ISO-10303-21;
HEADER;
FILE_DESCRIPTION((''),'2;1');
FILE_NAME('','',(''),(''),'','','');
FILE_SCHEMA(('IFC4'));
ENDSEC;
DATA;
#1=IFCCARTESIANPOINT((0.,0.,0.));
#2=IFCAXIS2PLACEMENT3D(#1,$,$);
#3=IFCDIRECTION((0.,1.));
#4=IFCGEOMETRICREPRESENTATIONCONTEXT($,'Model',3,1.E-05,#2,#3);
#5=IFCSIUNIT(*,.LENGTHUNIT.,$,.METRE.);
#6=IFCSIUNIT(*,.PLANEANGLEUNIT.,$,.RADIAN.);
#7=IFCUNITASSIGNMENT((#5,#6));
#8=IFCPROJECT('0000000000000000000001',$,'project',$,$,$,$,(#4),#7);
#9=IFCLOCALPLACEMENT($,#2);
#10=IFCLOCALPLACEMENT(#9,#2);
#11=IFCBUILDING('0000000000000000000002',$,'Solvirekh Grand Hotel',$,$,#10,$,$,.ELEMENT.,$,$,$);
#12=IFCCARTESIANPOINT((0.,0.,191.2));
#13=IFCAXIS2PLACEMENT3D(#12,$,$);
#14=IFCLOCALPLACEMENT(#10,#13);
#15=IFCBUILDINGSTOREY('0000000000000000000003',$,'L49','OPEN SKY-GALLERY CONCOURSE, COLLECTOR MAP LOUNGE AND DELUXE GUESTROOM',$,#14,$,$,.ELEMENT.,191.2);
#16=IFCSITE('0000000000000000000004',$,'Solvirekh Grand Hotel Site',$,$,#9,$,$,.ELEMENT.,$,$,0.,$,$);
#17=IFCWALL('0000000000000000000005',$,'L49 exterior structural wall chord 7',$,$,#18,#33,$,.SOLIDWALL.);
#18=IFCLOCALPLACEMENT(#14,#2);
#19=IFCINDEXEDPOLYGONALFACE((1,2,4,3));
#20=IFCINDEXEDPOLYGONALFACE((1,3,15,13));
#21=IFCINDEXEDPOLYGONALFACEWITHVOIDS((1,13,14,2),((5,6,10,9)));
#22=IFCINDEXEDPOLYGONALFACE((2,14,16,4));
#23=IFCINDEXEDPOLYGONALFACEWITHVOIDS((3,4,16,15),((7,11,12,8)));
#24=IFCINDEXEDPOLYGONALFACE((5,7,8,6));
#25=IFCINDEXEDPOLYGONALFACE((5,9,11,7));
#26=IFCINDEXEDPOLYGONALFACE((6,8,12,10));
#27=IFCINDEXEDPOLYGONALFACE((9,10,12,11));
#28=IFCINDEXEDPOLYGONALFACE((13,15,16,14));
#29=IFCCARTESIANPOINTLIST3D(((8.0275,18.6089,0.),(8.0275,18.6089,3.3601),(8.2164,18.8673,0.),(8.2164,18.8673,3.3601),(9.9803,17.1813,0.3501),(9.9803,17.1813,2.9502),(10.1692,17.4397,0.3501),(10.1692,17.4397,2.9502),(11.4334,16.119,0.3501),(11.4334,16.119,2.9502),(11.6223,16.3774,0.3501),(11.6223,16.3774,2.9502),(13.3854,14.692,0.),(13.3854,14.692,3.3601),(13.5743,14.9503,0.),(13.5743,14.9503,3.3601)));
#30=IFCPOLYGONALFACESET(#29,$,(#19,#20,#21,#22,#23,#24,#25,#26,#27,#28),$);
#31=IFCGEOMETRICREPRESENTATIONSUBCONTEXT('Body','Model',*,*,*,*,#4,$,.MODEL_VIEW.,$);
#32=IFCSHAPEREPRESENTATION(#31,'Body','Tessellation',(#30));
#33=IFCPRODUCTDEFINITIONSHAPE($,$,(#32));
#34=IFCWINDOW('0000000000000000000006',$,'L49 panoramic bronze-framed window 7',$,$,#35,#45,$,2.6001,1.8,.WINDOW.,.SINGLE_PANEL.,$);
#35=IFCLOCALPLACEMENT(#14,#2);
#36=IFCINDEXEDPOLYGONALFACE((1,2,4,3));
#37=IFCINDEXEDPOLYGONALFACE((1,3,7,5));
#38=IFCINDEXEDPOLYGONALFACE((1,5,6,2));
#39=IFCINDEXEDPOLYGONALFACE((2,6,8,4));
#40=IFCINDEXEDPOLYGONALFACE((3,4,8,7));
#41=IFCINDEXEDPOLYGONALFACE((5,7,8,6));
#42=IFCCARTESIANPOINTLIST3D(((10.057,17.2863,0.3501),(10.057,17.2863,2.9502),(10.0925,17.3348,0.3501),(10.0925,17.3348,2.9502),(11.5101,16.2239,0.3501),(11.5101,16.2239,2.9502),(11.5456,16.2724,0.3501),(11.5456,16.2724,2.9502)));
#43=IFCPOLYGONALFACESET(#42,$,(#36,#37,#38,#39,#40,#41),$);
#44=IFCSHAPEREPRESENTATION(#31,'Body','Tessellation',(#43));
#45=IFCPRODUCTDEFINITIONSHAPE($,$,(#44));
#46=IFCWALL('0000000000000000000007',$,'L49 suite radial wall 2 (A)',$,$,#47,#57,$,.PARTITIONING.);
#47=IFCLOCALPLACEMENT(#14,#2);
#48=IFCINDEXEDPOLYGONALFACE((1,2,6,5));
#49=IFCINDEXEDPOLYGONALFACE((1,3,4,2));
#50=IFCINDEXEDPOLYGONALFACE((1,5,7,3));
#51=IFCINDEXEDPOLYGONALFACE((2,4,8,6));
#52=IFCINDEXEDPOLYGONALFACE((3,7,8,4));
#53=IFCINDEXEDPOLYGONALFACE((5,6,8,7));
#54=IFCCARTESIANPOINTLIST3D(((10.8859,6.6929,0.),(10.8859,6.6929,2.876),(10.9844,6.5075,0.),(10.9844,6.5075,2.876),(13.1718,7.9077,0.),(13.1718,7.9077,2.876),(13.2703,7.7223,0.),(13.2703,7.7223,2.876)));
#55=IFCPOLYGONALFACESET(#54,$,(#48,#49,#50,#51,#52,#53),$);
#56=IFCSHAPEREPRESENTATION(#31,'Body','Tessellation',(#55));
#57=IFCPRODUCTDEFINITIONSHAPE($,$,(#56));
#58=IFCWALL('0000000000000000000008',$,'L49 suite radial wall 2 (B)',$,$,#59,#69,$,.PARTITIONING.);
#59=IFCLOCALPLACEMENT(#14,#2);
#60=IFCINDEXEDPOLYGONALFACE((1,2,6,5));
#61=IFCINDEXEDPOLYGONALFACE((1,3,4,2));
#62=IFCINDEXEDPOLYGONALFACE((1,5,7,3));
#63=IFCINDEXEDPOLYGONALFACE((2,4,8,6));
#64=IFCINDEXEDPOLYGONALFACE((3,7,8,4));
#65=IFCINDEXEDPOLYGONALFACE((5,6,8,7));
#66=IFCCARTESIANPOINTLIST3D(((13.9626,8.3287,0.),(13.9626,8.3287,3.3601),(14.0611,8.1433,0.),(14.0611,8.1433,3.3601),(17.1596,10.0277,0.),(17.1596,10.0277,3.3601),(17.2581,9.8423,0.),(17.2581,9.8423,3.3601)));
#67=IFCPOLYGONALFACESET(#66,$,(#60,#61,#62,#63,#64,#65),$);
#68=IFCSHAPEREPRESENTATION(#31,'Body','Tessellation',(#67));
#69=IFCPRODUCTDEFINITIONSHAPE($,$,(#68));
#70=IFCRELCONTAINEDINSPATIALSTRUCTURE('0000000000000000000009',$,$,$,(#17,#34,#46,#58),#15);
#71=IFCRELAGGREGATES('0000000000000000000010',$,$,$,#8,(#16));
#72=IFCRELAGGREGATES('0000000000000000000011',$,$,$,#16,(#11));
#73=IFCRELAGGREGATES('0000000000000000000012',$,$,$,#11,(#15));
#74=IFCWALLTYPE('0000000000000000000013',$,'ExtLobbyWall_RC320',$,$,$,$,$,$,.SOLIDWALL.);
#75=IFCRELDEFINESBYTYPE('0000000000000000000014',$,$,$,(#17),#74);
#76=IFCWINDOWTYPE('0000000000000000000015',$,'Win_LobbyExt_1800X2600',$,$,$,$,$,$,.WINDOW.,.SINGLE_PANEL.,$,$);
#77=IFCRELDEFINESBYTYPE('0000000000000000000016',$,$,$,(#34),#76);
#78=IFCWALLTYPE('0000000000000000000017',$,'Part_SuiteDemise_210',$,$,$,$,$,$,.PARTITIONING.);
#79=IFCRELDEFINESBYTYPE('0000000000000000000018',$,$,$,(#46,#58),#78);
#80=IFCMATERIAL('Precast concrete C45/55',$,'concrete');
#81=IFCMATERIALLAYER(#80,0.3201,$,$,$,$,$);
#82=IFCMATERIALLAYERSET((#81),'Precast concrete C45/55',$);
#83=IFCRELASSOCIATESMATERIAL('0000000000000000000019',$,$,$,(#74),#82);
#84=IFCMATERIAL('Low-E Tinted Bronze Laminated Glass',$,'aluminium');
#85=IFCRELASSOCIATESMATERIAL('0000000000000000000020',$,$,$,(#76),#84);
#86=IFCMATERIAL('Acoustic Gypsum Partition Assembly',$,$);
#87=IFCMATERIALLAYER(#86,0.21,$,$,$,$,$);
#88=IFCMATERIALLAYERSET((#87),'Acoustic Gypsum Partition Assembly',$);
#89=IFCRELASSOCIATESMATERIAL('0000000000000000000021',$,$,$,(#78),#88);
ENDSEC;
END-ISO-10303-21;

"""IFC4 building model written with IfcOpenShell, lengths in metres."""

from ifc_helpers import new_model, si_unit, direction, frame, frame_2d, origin, place, context, subcontext, project, spatial, rectangle, extrude, material, layer, layer_set, type_object, element, fill, save


model = new_model("IFC4")

# Units and contexts
model_context = context("Model", 3, precision=1e-05, world=origin(), true_north=direction((0.0, 1.0)))
body_context = subcontext(model_context, "Body", "Model", "MODEL_VIEW")
ifc_project = project(units=[si_unit("LENGTHUNIT", "METRE"), si_unit("PLANEANGLEUNIT", "RADIAN")], contexts=[model_context])

# Site, building, storey
site_placement = place(None, origin())
site = spatial("IfcSite", under=ifc_project, at=site_placement, Name="Solvirekh Grand Hotel Site", CompositionType="ELEMENT", RefElevation=0.0)
building_placement = place(site_placement, origin())
building = spatial("IfcBuilding", under=site, at=building_placement, Name="Solvirekh Grand Hotel", CompositionType="ELEMENT")
storey_placement = place(building_placement, frame((0.0, 0.0, 191.2)))
storey = spatial("IfcBuildingStorey", under=building, at=storey_placement, Name="L49", Description="OPEN SKY-GALLERY CONCOURSE, COLLECTOR MAP LOUNGE AND DELUXE GUESTROOM", CompositionType="ELEMENT", Elevation=191.2)

# Shared definitions
ifc_material_1 = material(Name="Low-E Tinted Bronze Laminated Glass", Category="aluminium")

# Wall, opening, window
ifc_material_2 = material(Name="Precast concrete C45/55", Category="concrete")
ifc_layer_1 = layer(ifc_material_2, 0.3201)
ifc_layer_set_1 = layer_set([ifc_layer_1], Name="Precast concrete C45/55")
wall_type_1 = type_object("IfcWallType", Name="ExtLobbyWall_RC320", PredefinedType="SOLIDWALL", material=ifc_layer_set_1)
window_type = type_object("IfcWindowType", Name="Win_LobbyExt_1800X2600", PartitioningType="SINGLE_PANEL", PredefinedType="WINDOW", material=ifc_material_1)
wall_1_placement = place(storey_placement, frame((8.1221, 18.738, 0.0), z_axis=(0.0, 0.0, 1.0), x_axis=(0.807277, -0.590173, 0.0)))
wall_1 = element("IfcWall", 1, at=wall_1_placement, inside=storey, type_object=wall_type_1, Name="L49 exterior structural wall chord 7", PredefinedType="SOLIDWALL", context=body_context, shape_type="SweptSolid", body=[
    extrude(rectangle(XDim=6.637, YDim=0.3201, at=frame_2d((3.3184, 0.0))), origin(), (0.0, 0.0, 1.0), 3.3601),
])
opening_1_placement = place(wall_1_placement, frame((2.4189, 0.0, 0.3501)))
opening_1 = element("IfcOpeningElement", 2, at=opening_1_placement, cuts=wall_1, PredefinedType="OPENING", context=body_context, shape_type="SweptSolid", body=[
    extrude(rectangle(XDim=1.8, YDim=2.6001, at=frame_2d((0.8999, 1.3))), frame((0.0, 0.1699, 0.0), z_axis=(0.0, -1.0, 0.0), x_axis=(1.0, 0.0, 0.0)), (0.0, 0.0, 1.0), 0.3401),
])
window_1_placement = place(opening_1_placement, origin())
window_1 = element("IfcWindow", 3, at=window_1_placement, inside=storey, type_object=window_type, Name="L49 panoramic bronze-framed window 7", OverallHeight=2.6001, OverallWidth=1.8, PartitioningType="SINGLE_PANEL", PredefinedType="WINDOW", context=body_context, shape_type="SweptSolid", body=[
    extrude(rectangle(XDim=1.8, YDim=2.6001, at=frame_2d((0.8999, 1.3))), frame((0.0, 0.03, 0.0), z_axis=(0.0, -1.0, 0.0), x_axis=(1.0, 0.0, 0.0)), (0.0, 0.0, 1.0), 0.0601),
])
fill(opening_1, window_1)

# Walls
ifc_material_3 = material(Name="Acoustic Gypsum Partition Assembly")
ifc_layer_2 = layer(ifc_material_3, 0.21)
ifc_layer_set_2 = layer_set([ifc_layer_2], Name="Acoustic Gypsum Partition Assembly")
wall_type_2 = type_object("IfcWallType", Name="Part_SuiteDemise_210", PredefinedType="PARTITIONING", material=ifc_layer_set_2)
wall_2_placement = place(storey_placement, frame((10.9351, 6.6001, 0.0), z_axis=(0.0, 0.0, 1.0), x_axis=(0.883041, 0.469295, 0.0)))
element("IfcWall", 4, at=wall_2_placement, inside=storey, type_object=wall_type_2, Name="L49 suite radial wall 2 (A)", PredefinedType="PARTITIONING", context=body_context, shape_type="SweptSolid", body=[
    extrude(rectangle(XDim=2.5886, YDim=0.21, at=frame_2d((1.2944, 0.0))), origin(), (0.0, 0.0, 1.0), 2.876),
])
wall_3_placement = place(storey_placement, frame((14.012, 8.2361, 0.0), z_axis=(0.0, 0.0, 1.0), x_axis=(0.883052, 0.469275, 0.0)))
element("IfcWall", 5, at=wall_3_placement, inside=storey, type_object=wall_type_2, Name="L49 suite radial wall 2 (B)", PredefinedType="PARTITIONING", context=body_context, shape_type="SweptSolid", body=[
    extrude(rectangle(XDim=3.6204, YDim=0.21, at=frame_2d((1.8101, 0.0))), origin(), (0.0, 0.0, 1.0), 3.3601),
])

save(model, "model.ifc")
